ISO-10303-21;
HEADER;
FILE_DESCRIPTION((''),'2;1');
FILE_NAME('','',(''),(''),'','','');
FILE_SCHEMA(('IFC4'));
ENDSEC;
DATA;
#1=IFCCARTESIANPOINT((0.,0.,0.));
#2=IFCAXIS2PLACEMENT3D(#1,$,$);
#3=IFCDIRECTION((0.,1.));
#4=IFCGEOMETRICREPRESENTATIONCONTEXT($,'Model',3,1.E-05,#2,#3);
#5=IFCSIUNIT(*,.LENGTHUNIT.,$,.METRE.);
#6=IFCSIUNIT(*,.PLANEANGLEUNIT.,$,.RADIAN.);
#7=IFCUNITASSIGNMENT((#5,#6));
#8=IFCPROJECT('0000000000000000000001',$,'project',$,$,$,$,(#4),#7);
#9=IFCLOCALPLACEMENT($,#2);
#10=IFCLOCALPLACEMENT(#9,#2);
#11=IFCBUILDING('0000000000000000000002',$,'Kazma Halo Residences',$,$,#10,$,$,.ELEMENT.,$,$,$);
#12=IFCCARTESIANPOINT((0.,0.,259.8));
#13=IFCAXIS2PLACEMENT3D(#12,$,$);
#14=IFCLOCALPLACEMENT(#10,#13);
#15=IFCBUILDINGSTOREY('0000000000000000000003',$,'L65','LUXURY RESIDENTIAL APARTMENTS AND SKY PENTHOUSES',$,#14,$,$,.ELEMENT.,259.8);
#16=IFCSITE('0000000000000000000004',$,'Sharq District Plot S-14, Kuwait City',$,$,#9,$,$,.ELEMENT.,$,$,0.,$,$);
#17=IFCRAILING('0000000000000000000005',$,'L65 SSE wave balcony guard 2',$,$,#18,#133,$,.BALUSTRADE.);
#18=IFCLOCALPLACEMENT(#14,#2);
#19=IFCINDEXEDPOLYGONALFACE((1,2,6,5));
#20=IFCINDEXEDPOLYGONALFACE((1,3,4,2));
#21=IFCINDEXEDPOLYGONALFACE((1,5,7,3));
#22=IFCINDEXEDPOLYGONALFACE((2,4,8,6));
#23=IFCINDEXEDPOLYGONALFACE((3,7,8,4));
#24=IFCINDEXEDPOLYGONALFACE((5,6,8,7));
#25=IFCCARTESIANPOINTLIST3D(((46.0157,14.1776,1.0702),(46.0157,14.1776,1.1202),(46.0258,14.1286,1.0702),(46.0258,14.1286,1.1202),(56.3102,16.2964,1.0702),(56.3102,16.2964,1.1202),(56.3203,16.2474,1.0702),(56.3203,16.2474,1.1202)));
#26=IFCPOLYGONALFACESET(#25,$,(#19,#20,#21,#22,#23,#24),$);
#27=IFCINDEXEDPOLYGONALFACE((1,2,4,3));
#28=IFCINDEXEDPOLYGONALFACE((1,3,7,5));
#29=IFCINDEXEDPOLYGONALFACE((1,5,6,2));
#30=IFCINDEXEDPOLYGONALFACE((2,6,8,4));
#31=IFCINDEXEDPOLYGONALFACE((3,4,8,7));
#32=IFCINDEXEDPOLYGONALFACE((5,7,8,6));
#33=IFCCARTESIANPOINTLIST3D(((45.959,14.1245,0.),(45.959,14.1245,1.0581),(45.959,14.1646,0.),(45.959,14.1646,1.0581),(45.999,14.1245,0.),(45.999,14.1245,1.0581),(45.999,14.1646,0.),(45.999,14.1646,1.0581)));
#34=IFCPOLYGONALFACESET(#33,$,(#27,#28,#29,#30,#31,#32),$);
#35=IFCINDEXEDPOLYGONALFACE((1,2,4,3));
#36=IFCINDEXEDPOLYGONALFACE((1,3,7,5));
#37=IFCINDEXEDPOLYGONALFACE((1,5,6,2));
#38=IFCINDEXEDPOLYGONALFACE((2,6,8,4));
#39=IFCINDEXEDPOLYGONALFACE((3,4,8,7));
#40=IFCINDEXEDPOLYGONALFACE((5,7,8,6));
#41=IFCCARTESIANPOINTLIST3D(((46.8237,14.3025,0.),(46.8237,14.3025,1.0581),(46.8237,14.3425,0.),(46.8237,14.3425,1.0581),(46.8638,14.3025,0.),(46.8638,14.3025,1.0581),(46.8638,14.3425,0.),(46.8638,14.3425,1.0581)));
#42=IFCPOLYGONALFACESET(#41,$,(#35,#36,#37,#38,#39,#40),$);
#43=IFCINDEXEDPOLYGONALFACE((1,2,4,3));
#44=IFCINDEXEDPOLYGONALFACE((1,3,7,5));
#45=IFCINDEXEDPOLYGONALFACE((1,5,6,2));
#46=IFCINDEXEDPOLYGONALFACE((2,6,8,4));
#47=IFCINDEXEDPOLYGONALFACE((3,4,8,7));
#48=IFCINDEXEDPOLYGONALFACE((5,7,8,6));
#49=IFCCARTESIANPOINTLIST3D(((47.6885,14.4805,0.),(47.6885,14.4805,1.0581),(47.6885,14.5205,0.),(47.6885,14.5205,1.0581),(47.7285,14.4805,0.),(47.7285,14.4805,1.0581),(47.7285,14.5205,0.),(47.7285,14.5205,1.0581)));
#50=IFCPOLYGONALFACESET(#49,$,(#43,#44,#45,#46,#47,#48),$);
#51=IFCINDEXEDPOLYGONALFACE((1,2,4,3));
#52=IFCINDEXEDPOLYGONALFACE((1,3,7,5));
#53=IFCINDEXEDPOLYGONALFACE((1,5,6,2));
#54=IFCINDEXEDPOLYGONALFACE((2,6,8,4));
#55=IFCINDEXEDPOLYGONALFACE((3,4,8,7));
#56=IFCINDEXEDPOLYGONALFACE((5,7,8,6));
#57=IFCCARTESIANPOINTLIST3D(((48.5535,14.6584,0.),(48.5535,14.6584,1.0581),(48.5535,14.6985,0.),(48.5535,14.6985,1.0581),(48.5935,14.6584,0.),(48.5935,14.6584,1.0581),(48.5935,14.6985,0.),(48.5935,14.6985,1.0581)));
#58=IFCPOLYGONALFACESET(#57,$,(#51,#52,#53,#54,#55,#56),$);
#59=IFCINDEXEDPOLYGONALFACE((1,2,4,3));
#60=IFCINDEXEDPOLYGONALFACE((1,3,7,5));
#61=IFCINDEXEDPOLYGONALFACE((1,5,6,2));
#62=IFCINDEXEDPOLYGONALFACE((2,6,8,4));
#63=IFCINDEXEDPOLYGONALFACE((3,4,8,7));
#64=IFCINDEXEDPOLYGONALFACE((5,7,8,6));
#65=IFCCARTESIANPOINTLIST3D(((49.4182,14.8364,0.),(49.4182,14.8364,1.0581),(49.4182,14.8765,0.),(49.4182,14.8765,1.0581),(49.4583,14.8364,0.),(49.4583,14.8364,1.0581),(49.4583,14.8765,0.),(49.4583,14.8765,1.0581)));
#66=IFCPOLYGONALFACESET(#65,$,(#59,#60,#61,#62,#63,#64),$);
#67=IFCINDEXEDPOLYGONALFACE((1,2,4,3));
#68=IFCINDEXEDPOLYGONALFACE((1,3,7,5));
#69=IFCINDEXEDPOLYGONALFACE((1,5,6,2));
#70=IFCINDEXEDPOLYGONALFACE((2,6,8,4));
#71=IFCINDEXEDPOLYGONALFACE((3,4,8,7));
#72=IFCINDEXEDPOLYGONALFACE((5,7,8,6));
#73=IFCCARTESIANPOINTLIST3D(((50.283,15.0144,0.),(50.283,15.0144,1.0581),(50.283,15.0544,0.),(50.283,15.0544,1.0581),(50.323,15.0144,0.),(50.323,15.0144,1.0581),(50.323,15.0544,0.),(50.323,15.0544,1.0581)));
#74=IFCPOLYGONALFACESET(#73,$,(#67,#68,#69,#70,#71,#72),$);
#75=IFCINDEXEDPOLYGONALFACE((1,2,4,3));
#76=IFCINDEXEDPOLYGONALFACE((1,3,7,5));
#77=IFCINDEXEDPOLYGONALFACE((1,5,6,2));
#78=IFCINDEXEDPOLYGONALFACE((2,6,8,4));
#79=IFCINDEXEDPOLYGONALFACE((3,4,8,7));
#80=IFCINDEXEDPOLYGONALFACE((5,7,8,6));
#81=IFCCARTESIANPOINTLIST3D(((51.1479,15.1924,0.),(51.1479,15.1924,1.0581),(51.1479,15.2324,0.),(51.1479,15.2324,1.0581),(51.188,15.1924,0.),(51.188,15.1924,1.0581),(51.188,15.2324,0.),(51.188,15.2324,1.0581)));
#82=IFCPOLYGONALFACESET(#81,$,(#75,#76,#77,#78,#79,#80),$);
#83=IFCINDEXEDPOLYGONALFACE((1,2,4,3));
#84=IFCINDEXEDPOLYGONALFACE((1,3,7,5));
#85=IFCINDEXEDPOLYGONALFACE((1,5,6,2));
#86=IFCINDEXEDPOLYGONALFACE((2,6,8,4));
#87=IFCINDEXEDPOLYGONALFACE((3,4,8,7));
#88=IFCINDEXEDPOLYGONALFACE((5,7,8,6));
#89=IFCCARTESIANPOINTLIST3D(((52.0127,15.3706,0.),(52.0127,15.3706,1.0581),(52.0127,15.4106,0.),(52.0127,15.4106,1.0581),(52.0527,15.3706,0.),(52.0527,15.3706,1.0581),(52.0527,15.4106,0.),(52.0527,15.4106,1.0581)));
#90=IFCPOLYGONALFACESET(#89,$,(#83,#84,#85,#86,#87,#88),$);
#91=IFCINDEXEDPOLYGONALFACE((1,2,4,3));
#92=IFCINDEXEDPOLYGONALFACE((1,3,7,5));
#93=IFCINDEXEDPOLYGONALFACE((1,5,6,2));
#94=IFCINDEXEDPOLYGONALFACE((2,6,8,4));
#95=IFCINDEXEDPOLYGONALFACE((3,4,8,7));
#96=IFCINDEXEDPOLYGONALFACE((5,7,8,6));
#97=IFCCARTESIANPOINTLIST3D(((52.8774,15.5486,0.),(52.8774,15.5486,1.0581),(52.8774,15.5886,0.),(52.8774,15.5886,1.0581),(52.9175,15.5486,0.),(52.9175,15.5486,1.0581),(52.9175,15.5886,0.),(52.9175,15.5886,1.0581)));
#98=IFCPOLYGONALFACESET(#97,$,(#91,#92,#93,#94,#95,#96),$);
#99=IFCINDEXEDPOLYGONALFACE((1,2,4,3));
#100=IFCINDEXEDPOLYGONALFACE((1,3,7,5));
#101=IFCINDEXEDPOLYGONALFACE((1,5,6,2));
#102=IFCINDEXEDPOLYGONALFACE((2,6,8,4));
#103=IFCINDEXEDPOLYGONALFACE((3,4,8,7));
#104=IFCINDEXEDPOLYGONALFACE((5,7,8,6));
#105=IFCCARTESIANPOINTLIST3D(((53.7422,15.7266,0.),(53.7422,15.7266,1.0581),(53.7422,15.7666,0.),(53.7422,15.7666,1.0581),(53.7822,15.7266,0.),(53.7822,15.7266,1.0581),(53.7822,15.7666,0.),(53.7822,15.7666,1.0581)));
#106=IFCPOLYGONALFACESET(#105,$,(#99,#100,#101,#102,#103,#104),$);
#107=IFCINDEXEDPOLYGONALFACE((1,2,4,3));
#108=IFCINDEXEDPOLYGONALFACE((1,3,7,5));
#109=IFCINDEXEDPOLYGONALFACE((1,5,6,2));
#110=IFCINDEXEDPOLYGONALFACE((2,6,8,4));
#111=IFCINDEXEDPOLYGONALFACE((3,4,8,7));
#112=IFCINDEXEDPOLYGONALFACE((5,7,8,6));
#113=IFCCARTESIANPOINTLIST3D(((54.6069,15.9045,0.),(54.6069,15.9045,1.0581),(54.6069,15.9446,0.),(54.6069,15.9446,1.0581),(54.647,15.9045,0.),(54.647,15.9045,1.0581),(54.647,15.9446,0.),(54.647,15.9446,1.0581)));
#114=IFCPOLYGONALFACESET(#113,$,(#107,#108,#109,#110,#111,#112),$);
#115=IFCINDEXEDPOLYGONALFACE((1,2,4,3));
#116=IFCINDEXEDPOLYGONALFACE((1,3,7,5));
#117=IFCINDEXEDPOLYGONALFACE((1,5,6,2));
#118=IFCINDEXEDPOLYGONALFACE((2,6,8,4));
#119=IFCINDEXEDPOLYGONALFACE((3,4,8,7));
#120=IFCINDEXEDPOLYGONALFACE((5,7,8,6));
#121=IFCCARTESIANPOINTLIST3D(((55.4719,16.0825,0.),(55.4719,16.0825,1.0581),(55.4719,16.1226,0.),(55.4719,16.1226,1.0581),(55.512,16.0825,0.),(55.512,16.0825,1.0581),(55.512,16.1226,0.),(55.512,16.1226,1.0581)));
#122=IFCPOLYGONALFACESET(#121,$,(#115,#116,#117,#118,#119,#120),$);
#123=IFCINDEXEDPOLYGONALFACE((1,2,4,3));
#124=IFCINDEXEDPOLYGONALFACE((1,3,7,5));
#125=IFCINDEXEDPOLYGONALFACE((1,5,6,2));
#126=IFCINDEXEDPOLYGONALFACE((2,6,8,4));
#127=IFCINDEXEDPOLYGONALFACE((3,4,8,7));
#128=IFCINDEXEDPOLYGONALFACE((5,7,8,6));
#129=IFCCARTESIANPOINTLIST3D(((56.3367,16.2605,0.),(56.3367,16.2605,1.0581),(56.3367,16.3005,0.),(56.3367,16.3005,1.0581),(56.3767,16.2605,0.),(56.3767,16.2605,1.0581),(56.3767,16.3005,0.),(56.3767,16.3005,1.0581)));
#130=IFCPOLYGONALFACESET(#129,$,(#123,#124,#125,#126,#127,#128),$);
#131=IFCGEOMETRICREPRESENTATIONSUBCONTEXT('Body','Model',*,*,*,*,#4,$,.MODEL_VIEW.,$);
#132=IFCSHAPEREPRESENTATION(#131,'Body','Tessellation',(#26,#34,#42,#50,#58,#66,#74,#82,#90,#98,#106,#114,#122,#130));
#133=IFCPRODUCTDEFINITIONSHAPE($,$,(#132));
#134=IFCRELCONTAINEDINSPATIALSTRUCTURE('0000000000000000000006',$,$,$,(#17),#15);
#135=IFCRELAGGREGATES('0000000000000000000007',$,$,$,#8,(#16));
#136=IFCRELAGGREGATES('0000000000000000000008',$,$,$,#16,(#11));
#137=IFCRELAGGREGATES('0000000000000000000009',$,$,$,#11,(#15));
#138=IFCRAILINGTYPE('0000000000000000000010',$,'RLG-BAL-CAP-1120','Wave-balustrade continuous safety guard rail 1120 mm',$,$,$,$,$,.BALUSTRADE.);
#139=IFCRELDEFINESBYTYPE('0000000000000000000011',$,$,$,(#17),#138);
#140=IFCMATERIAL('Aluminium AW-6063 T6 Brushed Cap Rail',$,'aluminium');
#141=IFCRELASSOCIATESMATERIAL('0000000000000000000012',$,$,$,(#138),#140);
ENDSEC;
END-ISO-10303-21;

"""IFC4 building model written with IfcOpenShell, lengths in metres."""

from ifc_helpers import new_model, si_unit, direction, frame, origin, origin_2d, place, context, subcontext, project, spatial, rectangle, extrude, material, type_object, element, save


model = new_model("IFC4")

# Units and contexts
model_context = context("Model", 3, precision=1e-05, world=origin(), true_north=direction((0.0, 1.0)))
body_context = subcontext(model_context, "Body", "Model", "MODEL_VIEW")
ifc_project = project(units=[si_unit("LENGTHUNIT", "METRE"), si_unit("PLANEANGLEUNIT", "RADIAN")], contexts=[model_context])

# Site, building, storey
site_placement = place(None, origin())
site = spatial("IfcSite", under=ifc_project, at=site_placement, Name="Sharq District Plot S-14, Kuwait City", CompositionType="ELEMENT", RefElevation=0.0)
building_placement = place(site_placement, origin())
building = spatial("IfcBuilding", under=site, at=building_placement, Name="Kazma Halo Residences", CompositionType="ELEMENT")
storey_placement = place(building_placement, frame((0.0, 0.0, 259.8)))
storey = spatial("IfcBuildingStorey", under=building, at=storey_placement, Name="L65", Description="LUXURY RESIDENTIAL APARTMENTS AND SKY PENTHOUSES", CompositionType="ELEMENT", Elevation=259.8)

# Railing
ifc_material_1 = material(Name="Aluminium AW-6063 T6 Brushed Cap Rail", Category="aluminium")
railing_type = type_object("IfcRailingType", Name="RLG-BAL-CAP-1120", Description="Wave-balustrade continuous safety guard rail 1120 mm", PredefinedType="BALUSTRADE", material=ifc_material_1)
railing_1_placement = place(storey_placement, frame((45.979, 14.1445, 0.0)))
element("IfcRailing", 1, at=railing_1_placement, inside=storey, type_object=railing_type, Name="L65 SSE wave balcony guard 2", PredefinedType="BALUSTRADE", context=body_context, shape_type="SweptSolid", body=[
    extrude(rectangle(XDim=0.05, YDim=0.05, at=origin_2d()), frame((0.0417, 0.0085, 1.0952), z_axis=(0.979468, 0.201599, 0.0), x_axis=(-0.201599, 0.979468, 0.0)), (0.0, 0.0, 1.0), 10.5103),
    extrude(rectangle(XDim=0.04, YDim=0.04, at=origin_2d()), origin(), (0.0, 0.0, 1.0), 1.0581),
    extrude(rectangle(XDim=0.04, YDim=0.04, at=origin_2d()), frame((0.8647, 0.178, 0.0)), (0.0, 0.0, 1.0), 1.0581),
    extrude(rectangle(XDim=0.04, YDim=0.04, at=origin_2d()), frame((1.7295, 0.356, 0.0)), (0.0, 0.0, 1.0), 1.0581),
    extrude(rectangle(XDim=0.04, YDim=0.04, at=origin_2d()), frame((2.5945, 0.5339, 0.0)), (0.0, 0.0, 1.0), 1.0581),
    extrude(rectangle(XDim=0.04, YDim=0.04, at=origin_2d()), frame((3.4592, 0.7119, 0.0)), (0.0, 0.0, 1.0), 1.0581),
    extrude(rectangle(XDim=0.04, YDim=0.04, at=origin_2d()), frame((4.324, 0.8899, 0.0)), (0.0, 0.0, 1.0), 1.0581),
    extrude(rectangle(XDim=0.04, YDim=0.04, at=origin_2d()), frame((5.189, 1.0679, 0.0)), (0.0, 0.0, 1.0), 1.0581),
    extrude(rectangle(XDim=0.04, YDim=0.04, at=origin_2d()), frame((6.0537, 1.2461, 0.0)), (0.0, 0.0, 1.0), 1.0581),
    extrude(rectangle(XDim=0.04, YDim=0.04, at=origin_2d()), frame((6.9185, 1.4241, 0.0)), (0.0, 0.0, 1.0), 1.0581),
    extrude(rectangle(XDim=0.04, YDim=0.04, at=origin_2d()), frame((7.7832, 1.6021, 0.0)), (0.0, 0.0, 1.0), 1.0581),
    extrude(rectangle(XDim=0.04, YDim=0.04, at=origin_2d()), frame((8.6479, 1.78, 0.0)), (0.0, 0.0, 1.0), 1.0581),
    extrude(rectangle(XDim=0.04, YDim=0.04, at=origin_2d()), frame((9.5129, 1.958, 0.0)), (0.0, 0.0, 1.0), 1.0581),
    extrude(rectangle(XDim=0.04, YDim=0.04, at=origin_2d()), frame((10.3777, 2.136, 0.0)), (0.0, 0.0, 1.0), 1.0581),
])

save(model, "model.ifc")
